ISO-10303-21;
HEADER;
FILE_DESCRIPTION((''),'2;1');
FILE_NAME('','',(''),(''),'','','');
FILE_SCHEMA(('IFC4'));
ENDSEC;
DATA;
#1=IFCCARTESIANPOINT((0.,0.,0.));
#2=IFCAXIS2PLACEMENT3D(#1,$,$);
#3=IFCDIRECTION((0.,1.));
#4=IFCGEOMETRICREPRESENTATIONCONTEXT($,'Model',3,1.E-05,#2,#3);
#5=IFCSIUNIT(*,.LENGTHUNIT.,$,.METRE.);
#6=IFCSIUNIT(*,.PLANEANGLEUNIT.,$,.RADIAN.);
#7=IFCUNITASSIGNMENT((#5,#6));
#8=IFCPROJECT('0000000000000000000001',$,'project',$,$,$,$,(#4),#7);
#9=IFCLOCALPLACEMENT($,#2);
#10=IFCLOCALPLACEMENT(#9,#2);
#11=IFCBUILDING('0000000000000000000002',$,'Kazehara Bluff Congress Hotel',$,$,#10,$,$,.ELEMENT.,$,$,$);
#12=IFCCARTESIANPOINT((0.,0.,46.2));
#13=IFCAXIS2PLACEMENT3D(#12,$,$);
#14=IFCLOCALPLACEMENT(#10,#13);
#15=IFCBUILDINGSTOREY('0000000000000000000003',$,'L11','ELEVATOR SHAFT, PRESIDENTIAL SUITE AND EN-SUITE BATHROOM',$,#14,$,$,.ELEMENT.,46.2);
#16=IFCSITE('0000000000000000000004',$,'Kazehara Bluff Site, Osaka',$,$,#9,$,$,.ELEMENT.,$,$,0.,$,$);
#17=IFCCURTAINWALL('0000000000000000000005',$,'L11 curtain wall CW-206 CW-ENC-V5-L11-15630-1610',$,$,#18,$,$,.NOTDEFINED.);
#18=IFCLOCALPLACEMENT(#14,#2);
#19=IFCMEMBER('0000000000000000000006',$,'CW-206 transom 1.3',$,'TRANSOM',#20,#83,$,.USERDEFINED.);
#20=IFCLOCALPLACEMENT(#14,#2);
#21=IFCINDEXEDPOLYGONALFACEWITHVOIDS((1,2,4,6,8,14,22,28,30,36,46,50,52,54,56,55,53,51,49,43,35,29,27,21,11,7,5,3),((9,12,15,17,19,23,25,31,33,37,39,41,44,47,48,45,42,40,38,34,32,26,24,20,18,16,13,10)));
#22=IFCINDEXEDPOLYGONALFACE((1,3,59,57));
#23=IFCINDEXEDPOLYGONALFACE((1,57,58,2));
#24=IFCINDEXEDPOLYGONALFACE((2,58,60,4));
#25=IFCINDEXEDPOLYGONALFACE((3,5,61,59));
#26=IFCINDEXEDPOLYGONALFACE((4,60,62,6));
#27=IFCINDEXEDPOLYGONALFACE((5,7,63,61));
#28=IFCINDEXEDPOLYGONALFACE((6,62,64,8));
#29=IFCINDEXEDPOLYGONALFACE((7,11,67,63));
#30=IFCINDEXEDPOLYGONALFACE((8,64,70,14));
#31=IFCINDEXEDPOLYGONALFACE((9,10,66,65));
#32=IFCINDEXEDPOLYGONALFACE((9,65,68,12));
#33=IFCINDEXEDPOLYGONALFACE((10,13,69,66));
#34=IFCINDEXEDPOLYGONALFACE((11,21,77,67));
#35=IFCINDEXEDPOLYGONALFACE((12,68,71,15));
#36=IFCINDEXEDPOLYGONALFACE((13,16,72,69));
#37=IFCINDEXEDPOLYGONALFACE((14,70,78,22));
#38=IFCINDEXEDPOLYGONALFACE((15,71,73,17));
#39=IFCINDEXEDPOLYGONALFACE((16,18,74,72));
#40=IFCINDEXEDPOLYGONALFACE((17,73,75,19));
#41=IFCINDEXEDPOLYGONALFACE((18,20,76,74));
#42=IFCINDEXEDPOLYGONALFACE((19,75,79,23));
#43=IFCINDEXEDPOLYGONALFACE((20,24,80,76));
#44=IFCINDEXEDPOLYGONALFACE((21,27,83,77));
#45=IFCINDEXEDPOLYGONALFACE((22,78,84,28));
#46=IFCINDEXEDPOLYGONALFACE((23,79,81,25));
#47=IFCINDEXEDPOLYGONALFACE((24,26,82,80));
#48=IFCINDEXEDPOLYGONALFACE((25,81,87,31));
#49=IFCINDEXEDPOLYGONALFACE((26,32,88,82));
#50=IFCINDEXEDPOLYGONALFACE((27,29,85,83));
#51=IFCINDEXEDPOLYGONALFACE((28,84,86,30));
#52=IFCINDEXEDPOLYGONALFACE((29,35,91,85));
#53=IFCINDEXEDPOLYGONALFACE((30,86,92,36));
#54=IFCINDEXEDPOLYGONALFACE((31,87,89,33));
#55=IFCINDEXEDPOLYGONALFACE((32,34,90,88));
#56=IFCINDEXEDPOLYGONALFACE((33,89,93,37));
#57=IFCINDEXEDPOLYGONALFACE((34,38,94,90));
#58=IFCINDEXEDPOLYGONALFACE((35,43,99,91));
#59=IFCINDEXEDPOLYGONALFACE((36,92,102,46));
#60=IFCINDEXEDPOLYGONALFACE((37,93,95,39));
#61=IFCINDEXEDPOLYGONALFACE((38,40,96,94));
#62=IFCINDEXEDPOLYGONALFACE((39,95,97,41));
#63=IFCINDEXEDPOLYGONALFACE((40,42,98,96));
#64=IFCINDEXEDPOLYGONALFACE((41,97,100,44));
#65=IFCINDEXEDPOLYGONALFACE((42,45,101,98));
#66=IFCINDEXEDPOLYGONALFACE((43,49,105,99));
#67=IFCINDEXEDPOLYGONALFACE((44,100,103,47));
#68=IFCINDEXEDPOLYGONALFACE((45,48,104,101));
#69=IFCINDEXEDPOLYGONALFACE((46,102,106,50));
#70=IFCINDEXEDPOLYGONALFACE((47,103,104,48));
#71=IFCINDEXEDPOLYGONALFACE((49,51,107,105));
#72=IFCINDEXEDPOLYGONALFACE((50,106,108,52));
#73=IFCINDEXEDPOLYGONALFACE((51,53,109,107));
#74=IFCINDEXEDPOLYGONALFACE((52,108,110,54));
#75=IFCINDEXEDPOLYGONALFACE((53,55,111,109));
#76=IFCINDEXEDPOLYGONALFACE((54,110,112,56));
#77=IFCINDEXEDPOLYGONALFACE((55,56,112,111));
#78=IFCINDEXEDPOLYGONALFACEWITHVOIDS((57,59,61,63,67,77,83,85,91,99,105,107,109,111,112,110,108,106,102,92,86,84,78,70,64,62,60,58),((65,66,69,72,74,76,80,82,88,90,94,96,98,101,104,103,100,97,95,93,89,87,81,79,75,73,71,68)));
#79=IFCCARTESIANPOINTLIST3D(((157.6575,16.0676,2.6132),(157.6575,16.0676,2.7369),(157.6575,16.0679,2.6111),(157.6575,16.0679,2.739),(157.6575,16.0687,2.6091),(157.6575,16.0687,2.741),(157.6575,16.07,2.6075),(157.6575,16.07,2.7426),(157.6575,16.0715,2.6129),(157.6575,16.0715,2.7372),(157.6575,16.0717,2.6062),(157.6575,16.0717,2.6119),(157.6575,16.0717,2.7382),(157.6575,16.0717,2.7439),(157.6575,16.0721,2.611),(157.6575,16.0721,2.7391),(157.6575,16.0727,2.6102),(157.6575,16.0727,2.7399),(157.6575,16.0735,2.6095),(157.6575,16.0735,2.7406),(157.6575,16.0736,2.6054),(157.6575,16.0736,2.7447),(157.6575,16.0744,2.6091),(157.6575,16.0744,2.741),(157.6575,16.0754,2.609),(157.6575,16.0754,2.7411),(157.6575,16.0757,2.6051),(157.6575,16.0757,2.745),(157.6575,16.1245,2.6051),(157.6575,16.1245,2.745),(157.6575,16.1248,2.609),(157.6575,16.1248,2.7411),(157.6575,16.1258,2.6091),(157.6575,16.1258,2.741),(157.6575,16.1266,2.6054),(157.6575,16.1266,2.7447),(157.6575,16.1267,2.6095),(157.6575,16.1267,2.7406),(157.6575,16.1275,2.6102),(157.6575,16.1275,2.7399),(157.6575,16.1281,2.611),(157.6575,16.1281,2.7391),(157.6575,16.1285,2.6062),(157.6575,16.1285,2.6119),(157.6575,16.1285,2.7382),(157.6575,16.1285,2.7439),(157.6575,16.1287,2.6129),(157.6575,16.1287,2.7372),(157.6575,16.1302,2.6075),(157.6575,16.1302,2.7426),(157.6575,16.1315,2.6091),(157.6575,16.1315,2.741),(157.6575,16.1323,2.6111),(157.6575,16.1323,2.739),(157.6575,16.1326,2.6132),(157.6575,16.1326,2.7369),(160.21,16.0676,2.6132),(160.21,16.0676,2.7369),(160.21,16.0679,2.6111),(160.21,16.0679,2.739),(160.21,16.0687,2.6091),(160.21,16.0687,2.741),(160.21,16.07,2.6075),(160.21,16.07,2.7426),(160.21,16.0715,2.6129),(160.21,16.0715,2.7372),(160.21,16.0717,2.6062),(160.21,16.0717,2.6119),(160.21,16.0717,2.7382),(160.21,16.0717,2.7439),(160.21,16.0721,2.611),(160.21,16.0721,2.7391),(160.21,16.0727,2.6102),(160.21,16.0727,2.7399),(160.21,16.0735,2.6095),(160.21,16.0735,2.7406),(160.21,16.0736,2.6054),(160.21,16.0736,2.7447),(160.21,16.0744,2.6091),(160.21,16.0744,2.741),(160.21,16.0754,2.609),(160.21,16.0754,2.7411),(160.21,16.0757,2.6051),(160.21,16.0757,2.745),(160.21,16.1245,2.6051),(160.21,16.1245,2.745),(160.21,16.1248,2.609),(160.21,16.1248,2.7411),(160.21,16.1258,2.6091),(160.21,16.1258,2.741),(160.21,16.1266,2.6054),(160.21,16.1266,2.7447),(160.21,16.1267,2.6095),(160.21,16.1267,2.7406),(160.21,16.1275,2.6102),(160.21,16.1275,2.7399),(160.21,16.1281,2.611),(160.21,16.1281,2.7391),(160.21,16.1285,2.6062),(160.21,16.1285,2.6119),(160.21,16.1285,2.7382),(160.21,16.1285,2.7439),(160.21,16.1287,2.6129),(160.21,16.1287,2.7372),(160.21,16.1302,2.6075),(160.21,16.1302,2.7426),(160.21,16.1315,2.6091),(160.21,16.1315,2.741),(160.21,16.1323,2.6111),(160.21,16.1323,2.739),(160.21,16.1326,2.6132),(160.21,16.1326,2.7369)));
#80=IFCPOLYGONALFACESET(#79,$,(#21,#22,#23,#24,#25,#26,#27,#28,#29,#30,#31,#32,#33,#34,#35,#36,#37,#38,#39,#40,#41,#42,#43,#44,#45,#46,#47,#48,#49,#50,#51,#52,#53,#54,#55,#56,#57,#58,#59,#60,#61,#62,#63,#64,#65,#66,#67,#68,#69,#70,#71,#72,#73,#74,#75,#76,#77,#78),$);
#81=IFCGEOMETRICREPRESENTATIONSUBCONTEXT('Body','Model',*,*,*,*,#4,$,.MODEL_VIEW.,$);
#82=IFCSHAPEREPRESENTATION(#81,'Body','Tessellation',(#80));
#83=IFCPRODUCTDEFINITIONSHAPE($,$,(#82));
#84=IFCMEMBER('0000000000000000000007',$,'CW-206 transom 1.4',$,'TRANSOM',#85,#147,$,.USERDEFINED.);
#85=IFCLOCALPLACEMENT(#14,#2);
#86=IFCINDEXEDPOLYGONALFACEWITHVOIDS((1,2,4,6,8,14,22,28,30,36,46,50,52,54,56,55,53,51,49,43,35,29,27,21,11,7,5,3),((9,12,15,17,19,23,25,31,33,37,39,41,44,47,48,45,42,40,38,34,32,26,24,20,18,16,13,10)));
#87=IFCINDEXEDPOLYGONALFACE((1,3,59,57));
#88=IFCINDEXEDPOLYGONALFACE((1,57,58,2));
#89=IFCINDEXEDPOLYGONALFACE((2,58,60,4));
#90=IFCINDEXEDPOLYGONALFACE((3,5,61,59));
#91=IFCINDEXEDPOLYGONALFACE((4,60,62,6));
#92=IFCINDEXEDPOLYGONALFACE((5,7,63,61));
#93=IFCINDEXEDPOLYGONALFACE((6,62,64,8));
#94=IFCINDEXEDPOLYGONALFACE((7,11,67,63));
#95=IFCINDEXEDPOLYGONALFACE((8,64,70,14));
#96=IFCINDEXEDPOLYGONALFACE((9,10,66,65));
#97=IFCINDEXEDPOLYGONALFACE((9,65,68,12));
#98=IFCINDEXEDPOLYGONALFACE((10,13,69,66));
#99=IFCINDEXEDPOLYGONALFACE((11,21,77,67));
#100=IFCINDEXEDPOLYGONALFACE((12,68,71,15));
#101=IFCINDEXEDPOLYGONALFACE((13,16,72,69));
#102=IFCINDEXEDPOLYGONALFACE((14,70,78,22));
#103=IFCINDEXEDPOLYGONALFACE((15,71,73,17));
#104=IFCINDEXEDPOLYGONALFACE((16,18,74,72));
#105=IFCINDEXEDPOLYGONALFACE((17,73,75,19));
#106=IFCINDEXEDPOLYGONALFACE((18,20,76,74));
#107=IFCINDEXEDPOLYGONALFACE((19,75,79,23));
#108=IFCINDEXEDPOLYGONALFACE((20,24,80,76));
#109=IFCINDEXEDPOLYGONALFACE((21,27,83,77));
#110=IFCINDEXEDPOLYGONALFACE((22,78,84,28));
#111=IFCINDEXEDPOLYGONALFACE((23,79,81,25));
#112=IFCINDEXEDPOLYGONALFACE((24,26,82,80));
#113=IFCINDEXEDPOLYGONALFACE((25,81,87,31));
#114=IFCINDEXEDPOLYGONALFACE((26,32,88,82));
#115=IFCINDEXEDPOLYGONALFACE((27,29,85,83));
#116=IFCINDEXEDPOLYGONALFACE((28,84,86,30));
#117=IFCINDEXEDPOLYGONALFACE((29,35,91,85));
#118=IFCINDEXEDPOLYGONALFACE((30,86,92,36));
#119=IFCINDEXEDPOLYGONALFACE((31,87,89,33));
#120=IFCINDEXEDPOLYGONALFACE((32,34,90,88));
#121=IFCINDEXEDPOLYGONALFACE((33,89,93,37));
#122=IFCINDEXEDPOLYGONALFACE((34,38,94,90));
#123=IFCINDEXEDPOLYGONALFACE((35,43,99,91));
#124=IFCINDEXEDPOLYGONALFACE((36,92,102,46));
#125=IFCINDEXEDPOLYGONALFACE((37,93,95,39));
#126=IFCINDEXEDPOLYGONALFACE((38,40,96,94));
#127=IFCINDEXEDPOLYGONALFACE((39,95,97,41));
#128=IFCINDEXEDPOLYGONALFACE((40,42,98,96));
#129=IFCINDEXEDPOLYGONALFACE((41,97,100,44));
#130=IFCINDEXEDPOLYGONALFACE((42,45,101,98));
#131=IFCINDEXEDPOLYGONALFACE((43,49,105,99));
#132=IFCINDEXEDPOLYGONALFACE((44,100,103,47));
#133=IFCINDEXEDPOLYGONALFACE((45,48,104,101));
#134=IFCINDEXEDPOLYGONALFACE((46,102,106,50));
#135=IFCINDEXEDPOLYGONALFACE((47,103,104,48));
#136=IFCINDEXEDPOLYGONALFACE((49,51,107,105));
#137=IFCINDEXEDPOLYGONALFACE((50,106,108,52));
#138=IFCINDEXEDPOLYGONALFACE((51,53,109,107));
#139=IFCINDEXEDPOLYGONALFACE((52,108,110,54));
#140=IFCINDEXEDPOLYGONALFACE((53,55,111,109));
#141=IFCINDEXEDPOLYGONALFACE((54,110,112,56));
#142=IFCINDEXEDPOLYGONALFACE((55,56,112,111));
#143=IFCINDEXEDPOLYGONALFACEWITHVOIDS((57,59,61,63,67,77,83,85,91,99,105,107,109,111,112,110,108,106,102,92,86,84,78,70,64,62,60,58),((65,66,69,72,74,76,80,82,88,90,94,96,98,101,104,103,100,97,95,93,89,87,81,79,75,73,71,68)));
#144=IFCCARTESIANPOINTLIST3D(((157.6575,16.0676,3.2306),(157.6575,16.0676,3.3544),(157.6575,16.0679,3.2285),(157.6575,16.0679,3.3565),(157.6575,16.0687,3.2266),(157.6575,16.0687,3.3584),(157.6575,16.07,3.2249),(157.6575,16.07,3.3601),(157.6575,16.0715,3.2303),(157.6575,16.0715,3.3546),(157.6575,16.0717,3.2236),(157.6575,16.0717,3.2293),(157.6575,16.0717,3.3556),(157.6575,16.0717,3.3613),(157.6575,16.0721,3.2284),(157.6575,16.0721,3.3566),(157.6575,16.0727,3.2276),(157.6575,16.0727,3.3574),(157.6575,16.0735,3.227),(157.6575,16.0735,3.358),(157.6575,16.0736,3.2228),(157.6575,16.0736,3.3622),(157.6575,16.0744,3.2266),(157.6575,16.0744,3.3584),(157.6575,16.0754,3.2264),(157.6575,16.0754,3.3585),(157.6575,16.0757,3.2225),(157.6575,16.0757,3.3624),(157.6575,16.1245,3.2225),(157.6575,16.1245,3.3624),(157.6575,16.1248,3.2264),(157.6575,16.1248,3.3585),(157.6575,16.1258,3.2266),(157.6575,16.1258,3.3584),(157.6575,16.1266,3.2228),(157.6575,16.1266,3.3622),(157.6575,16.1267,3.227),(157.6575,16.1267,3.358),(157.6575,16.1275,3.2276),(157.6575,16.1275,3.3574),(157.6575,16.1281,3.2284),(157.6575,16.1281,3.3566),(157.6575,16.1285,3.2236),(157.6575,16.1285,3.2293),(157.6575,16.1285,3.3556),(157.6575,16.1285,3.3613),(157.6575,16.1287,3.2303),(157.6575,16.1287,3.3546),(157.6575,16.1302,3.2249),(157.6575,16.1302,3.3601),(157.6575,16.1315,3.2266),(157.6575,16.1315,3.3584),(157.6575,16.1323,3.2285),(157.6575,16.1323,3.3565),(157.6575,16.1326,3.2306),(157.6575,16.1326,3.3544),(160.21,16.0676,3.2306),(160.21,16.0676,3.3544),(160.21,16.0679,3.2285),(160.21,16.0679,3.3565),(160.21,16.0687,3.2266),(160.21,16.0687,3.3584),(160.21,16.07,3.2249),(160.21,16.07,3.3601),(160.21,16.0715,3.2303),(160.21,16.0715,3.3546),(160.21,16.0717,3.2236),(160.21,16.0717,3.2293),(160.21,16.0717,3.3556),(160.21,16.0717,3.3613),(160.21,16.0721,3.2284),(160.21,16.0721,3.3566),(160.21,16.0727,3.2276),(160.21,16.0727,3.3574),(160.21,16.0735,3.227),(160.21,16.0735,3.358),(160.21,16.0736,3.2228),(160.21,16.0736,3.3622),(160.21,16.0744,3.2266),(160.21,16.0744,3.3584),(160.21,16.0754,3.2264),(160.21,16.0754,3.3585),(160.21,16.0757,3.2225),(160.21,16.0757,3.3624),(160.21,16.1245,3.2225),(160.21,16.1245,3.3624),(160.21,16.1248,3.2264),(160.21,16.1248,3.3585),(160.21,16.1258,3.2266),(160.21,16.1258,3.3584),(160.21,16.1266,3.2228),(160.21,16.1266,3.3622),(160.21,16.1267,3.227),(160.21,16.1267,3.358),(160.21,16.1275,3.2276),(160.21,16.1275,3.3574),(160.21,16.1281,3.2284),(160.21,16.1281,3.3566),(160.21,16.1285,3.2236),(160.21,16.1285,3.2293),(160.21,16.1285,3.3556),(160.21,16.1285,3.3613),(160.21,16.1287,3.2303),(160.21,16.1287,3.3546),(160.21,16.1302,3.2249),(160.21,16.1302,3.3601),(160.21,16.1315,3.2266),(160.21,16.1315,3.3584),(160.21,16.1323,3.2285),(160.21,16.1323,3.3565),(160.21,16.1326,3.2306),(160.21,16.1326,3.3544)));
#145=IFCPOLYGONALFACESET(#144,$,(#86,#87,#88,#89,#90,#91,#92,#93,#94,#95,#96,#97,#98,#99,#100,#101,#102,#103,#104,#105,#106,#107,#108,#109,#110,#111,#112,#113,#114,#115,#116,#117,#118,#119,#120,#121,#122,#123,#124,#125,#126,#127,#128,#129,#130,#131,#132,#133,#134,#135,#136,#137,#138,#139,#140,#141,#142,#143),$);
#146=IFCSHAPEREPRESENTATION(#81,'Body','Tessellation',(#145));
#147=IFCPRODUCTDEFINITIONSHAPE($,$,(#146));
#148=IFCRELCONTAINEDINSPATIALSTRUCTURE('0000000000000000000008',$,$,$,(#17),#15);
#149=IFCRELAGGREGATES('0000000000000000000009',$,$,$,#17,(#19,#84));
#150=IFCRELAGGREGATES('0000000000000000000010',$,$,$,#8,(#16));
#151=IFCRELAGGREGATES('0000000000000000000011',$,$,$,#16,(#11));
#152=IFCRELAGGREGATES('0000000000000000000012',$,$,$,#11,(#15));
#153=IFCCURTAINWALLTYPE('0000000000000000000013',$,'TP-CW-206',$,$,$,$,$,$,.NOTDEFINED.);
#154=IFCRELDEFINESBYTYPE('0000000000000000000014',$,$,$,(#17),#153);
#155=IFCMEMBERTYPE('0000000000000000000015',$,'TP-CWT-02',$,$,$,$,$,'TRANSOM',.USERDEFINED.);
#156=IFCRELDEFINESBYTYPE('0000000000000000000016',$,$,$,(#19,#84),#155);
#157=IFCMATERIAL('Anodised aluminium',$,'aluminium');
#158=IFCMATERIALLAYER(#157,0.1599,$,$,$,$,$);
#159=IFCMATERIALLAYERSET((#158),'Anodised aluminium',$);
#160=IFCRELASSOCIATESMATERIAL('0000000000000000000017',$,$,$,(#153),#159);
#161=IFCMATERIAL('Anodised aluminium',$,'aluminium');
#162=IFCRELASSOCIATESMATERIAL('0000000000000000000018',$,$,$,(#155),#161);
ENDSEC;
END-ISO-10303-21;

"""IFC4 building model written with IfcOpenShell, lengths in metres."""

from ifc_helpers import new_model, si_unit, direction, frame, origin, origin_2d, place, context, subcontext, project, spatial, hollow_rectangle, extrude, material, layer, layer_set, material_profile, profile_set, type_object, element, aggregate, save


model = new_model("IFC4")

# Units and contexts
model_context = context("Model", 3, precision=1e-05, world=origin(), true_north=direction((0.0, 1.0)))
body_context = subcontext(model_context, "Body", "Model", "MODEL_VIEW")
ifc_project = project(units=[si_unit("LENGTHUNIT", "METRE"), si_unit("PLANEANGLEUNIT", "RADIAN")], contexts=[model_context])

# Site, building, storey
site_placement = place(None, origin())
site = spatial("IfcSite", under=ifc_project, at=site_placement, Name="Kazehara Bluff Site, Osaka", CompositionType="ELEMENT", RefElevation=0.0)
building_placement = place(site_placement, origin())
building = spatial("IfcBuilding", under=site, at=building_placement, Name="Kazehara Bluff Congress Hotel", CompositionType="ELEMENT")
storey_placement = place(building_placement, frame((0.0, 0.0, 46.2)))
storey = spatial("IfcBuildingStorey", under=building, at=storey_placement, Name="L11", Description="ELEVATOR SHAFT, PRESIDENTIAL SUITE AND EN-SUITE BATHROOM", CompositionType="ELEMENT", Elevation=46.2)

# Curtain wall
ifc_material_1 = material(Name="Anodised aluminium", Category="aluminium")
ifc_layer_1 = layer(ifc_material_1, 0.1599)
ifc_layer_set_1 = layer_set([ifc_layer_1], Name="Anodised aluminium")
curtain_wall_type_1 = type_object("IfcCurtainWallType", Name="TP-CW-206", PredefinedType="NOTDEFINED", material=ifc_layer_set_1)
curtain_wall_1_placement = place(storey_placement, origin())
curtain_wall_1 = element("IfcCurtainWall", 1, at=curtain_wall_1_placement, inside=storey, type_object=curtain_wall_type_1, Name="L11 curtain wall CW-206 CW-ENC-V5-L11-15630-1610", PredefinedType="NOTDEFINED")

# Members
ifc_material_2 = material(Name="Anodised aluminium", Category="aluminium")
ifc_material_profile_1 = material_profile(ifc_material_2, hollow_rectangle(XDim=0.0649, YDim=0.1399, WallThickness=0.0039, InnerFilletRadius=0.0039, OuterFilletRadius=0.0081, at=origin_2d()))
ifc_profile_set_1 = profile_set([ifc_material_profile_1], Name="Anodised aluminium")
member_type_1 = type_object("IfcMemberType", Name="TP-CWT-02", ElementType="TRANSOM", PredefinedType="USERDEFINED", material=ifc_profile_set_1)
member_1_placement = place(storey_placement, frame((160.21, 16.1001, 2.675), z_axis=(-1.0, 0.0, 0.0), x_axis=(0.0, -1.0, 0.0)))
member_1 = element("IfcMember", 2, at=member_1_placement, type_object=member_type_1, Name="CW-206 transom 1.3", ObjectType="TRANSOM", PredefinedType="USERDEFINED", context=body_context, shape_type="SweptSolid", body=[
    extrude(hollow_rectangle(XDim=0.0649, YDim=0.1399, WallThickness=0.0039, InnerFilletRadius=0.0039, OuterFilletRadius=0.0081, at=origin_2d()), origin(), (0.0, 0.0, 1.0), 2.5525),
])
member_2_placement = place(storey_placement, frame((160.21, 16.1001, 3.2925), z_axis=(-1.0, 0.0, 0.0), x_axis=(0.0, -1.0, 0.0)))
member_2 = element("IfcMember", 3, at=member_2_placement, type_object=member_type_1, Name="CW-206 transom 1.4", ObjectType="TRANSOM", PredefinedType="USERDEFINED", context=body_context, shape_type="SweptSolid", body=[
    extrude(hollow_rectangle(XDim=0.0649, YDim=0.1399, WallThickness=0.0039, InnerFilletRadius=0.0039, OuterFilletRadius=0.0081, at=origin_2d()), origin(), (0.0, 0.0, 1.0), 2.5525),
])

aggregate(curtain_wall_1, [member_1, member_2])

save(model, "model.ifc")
